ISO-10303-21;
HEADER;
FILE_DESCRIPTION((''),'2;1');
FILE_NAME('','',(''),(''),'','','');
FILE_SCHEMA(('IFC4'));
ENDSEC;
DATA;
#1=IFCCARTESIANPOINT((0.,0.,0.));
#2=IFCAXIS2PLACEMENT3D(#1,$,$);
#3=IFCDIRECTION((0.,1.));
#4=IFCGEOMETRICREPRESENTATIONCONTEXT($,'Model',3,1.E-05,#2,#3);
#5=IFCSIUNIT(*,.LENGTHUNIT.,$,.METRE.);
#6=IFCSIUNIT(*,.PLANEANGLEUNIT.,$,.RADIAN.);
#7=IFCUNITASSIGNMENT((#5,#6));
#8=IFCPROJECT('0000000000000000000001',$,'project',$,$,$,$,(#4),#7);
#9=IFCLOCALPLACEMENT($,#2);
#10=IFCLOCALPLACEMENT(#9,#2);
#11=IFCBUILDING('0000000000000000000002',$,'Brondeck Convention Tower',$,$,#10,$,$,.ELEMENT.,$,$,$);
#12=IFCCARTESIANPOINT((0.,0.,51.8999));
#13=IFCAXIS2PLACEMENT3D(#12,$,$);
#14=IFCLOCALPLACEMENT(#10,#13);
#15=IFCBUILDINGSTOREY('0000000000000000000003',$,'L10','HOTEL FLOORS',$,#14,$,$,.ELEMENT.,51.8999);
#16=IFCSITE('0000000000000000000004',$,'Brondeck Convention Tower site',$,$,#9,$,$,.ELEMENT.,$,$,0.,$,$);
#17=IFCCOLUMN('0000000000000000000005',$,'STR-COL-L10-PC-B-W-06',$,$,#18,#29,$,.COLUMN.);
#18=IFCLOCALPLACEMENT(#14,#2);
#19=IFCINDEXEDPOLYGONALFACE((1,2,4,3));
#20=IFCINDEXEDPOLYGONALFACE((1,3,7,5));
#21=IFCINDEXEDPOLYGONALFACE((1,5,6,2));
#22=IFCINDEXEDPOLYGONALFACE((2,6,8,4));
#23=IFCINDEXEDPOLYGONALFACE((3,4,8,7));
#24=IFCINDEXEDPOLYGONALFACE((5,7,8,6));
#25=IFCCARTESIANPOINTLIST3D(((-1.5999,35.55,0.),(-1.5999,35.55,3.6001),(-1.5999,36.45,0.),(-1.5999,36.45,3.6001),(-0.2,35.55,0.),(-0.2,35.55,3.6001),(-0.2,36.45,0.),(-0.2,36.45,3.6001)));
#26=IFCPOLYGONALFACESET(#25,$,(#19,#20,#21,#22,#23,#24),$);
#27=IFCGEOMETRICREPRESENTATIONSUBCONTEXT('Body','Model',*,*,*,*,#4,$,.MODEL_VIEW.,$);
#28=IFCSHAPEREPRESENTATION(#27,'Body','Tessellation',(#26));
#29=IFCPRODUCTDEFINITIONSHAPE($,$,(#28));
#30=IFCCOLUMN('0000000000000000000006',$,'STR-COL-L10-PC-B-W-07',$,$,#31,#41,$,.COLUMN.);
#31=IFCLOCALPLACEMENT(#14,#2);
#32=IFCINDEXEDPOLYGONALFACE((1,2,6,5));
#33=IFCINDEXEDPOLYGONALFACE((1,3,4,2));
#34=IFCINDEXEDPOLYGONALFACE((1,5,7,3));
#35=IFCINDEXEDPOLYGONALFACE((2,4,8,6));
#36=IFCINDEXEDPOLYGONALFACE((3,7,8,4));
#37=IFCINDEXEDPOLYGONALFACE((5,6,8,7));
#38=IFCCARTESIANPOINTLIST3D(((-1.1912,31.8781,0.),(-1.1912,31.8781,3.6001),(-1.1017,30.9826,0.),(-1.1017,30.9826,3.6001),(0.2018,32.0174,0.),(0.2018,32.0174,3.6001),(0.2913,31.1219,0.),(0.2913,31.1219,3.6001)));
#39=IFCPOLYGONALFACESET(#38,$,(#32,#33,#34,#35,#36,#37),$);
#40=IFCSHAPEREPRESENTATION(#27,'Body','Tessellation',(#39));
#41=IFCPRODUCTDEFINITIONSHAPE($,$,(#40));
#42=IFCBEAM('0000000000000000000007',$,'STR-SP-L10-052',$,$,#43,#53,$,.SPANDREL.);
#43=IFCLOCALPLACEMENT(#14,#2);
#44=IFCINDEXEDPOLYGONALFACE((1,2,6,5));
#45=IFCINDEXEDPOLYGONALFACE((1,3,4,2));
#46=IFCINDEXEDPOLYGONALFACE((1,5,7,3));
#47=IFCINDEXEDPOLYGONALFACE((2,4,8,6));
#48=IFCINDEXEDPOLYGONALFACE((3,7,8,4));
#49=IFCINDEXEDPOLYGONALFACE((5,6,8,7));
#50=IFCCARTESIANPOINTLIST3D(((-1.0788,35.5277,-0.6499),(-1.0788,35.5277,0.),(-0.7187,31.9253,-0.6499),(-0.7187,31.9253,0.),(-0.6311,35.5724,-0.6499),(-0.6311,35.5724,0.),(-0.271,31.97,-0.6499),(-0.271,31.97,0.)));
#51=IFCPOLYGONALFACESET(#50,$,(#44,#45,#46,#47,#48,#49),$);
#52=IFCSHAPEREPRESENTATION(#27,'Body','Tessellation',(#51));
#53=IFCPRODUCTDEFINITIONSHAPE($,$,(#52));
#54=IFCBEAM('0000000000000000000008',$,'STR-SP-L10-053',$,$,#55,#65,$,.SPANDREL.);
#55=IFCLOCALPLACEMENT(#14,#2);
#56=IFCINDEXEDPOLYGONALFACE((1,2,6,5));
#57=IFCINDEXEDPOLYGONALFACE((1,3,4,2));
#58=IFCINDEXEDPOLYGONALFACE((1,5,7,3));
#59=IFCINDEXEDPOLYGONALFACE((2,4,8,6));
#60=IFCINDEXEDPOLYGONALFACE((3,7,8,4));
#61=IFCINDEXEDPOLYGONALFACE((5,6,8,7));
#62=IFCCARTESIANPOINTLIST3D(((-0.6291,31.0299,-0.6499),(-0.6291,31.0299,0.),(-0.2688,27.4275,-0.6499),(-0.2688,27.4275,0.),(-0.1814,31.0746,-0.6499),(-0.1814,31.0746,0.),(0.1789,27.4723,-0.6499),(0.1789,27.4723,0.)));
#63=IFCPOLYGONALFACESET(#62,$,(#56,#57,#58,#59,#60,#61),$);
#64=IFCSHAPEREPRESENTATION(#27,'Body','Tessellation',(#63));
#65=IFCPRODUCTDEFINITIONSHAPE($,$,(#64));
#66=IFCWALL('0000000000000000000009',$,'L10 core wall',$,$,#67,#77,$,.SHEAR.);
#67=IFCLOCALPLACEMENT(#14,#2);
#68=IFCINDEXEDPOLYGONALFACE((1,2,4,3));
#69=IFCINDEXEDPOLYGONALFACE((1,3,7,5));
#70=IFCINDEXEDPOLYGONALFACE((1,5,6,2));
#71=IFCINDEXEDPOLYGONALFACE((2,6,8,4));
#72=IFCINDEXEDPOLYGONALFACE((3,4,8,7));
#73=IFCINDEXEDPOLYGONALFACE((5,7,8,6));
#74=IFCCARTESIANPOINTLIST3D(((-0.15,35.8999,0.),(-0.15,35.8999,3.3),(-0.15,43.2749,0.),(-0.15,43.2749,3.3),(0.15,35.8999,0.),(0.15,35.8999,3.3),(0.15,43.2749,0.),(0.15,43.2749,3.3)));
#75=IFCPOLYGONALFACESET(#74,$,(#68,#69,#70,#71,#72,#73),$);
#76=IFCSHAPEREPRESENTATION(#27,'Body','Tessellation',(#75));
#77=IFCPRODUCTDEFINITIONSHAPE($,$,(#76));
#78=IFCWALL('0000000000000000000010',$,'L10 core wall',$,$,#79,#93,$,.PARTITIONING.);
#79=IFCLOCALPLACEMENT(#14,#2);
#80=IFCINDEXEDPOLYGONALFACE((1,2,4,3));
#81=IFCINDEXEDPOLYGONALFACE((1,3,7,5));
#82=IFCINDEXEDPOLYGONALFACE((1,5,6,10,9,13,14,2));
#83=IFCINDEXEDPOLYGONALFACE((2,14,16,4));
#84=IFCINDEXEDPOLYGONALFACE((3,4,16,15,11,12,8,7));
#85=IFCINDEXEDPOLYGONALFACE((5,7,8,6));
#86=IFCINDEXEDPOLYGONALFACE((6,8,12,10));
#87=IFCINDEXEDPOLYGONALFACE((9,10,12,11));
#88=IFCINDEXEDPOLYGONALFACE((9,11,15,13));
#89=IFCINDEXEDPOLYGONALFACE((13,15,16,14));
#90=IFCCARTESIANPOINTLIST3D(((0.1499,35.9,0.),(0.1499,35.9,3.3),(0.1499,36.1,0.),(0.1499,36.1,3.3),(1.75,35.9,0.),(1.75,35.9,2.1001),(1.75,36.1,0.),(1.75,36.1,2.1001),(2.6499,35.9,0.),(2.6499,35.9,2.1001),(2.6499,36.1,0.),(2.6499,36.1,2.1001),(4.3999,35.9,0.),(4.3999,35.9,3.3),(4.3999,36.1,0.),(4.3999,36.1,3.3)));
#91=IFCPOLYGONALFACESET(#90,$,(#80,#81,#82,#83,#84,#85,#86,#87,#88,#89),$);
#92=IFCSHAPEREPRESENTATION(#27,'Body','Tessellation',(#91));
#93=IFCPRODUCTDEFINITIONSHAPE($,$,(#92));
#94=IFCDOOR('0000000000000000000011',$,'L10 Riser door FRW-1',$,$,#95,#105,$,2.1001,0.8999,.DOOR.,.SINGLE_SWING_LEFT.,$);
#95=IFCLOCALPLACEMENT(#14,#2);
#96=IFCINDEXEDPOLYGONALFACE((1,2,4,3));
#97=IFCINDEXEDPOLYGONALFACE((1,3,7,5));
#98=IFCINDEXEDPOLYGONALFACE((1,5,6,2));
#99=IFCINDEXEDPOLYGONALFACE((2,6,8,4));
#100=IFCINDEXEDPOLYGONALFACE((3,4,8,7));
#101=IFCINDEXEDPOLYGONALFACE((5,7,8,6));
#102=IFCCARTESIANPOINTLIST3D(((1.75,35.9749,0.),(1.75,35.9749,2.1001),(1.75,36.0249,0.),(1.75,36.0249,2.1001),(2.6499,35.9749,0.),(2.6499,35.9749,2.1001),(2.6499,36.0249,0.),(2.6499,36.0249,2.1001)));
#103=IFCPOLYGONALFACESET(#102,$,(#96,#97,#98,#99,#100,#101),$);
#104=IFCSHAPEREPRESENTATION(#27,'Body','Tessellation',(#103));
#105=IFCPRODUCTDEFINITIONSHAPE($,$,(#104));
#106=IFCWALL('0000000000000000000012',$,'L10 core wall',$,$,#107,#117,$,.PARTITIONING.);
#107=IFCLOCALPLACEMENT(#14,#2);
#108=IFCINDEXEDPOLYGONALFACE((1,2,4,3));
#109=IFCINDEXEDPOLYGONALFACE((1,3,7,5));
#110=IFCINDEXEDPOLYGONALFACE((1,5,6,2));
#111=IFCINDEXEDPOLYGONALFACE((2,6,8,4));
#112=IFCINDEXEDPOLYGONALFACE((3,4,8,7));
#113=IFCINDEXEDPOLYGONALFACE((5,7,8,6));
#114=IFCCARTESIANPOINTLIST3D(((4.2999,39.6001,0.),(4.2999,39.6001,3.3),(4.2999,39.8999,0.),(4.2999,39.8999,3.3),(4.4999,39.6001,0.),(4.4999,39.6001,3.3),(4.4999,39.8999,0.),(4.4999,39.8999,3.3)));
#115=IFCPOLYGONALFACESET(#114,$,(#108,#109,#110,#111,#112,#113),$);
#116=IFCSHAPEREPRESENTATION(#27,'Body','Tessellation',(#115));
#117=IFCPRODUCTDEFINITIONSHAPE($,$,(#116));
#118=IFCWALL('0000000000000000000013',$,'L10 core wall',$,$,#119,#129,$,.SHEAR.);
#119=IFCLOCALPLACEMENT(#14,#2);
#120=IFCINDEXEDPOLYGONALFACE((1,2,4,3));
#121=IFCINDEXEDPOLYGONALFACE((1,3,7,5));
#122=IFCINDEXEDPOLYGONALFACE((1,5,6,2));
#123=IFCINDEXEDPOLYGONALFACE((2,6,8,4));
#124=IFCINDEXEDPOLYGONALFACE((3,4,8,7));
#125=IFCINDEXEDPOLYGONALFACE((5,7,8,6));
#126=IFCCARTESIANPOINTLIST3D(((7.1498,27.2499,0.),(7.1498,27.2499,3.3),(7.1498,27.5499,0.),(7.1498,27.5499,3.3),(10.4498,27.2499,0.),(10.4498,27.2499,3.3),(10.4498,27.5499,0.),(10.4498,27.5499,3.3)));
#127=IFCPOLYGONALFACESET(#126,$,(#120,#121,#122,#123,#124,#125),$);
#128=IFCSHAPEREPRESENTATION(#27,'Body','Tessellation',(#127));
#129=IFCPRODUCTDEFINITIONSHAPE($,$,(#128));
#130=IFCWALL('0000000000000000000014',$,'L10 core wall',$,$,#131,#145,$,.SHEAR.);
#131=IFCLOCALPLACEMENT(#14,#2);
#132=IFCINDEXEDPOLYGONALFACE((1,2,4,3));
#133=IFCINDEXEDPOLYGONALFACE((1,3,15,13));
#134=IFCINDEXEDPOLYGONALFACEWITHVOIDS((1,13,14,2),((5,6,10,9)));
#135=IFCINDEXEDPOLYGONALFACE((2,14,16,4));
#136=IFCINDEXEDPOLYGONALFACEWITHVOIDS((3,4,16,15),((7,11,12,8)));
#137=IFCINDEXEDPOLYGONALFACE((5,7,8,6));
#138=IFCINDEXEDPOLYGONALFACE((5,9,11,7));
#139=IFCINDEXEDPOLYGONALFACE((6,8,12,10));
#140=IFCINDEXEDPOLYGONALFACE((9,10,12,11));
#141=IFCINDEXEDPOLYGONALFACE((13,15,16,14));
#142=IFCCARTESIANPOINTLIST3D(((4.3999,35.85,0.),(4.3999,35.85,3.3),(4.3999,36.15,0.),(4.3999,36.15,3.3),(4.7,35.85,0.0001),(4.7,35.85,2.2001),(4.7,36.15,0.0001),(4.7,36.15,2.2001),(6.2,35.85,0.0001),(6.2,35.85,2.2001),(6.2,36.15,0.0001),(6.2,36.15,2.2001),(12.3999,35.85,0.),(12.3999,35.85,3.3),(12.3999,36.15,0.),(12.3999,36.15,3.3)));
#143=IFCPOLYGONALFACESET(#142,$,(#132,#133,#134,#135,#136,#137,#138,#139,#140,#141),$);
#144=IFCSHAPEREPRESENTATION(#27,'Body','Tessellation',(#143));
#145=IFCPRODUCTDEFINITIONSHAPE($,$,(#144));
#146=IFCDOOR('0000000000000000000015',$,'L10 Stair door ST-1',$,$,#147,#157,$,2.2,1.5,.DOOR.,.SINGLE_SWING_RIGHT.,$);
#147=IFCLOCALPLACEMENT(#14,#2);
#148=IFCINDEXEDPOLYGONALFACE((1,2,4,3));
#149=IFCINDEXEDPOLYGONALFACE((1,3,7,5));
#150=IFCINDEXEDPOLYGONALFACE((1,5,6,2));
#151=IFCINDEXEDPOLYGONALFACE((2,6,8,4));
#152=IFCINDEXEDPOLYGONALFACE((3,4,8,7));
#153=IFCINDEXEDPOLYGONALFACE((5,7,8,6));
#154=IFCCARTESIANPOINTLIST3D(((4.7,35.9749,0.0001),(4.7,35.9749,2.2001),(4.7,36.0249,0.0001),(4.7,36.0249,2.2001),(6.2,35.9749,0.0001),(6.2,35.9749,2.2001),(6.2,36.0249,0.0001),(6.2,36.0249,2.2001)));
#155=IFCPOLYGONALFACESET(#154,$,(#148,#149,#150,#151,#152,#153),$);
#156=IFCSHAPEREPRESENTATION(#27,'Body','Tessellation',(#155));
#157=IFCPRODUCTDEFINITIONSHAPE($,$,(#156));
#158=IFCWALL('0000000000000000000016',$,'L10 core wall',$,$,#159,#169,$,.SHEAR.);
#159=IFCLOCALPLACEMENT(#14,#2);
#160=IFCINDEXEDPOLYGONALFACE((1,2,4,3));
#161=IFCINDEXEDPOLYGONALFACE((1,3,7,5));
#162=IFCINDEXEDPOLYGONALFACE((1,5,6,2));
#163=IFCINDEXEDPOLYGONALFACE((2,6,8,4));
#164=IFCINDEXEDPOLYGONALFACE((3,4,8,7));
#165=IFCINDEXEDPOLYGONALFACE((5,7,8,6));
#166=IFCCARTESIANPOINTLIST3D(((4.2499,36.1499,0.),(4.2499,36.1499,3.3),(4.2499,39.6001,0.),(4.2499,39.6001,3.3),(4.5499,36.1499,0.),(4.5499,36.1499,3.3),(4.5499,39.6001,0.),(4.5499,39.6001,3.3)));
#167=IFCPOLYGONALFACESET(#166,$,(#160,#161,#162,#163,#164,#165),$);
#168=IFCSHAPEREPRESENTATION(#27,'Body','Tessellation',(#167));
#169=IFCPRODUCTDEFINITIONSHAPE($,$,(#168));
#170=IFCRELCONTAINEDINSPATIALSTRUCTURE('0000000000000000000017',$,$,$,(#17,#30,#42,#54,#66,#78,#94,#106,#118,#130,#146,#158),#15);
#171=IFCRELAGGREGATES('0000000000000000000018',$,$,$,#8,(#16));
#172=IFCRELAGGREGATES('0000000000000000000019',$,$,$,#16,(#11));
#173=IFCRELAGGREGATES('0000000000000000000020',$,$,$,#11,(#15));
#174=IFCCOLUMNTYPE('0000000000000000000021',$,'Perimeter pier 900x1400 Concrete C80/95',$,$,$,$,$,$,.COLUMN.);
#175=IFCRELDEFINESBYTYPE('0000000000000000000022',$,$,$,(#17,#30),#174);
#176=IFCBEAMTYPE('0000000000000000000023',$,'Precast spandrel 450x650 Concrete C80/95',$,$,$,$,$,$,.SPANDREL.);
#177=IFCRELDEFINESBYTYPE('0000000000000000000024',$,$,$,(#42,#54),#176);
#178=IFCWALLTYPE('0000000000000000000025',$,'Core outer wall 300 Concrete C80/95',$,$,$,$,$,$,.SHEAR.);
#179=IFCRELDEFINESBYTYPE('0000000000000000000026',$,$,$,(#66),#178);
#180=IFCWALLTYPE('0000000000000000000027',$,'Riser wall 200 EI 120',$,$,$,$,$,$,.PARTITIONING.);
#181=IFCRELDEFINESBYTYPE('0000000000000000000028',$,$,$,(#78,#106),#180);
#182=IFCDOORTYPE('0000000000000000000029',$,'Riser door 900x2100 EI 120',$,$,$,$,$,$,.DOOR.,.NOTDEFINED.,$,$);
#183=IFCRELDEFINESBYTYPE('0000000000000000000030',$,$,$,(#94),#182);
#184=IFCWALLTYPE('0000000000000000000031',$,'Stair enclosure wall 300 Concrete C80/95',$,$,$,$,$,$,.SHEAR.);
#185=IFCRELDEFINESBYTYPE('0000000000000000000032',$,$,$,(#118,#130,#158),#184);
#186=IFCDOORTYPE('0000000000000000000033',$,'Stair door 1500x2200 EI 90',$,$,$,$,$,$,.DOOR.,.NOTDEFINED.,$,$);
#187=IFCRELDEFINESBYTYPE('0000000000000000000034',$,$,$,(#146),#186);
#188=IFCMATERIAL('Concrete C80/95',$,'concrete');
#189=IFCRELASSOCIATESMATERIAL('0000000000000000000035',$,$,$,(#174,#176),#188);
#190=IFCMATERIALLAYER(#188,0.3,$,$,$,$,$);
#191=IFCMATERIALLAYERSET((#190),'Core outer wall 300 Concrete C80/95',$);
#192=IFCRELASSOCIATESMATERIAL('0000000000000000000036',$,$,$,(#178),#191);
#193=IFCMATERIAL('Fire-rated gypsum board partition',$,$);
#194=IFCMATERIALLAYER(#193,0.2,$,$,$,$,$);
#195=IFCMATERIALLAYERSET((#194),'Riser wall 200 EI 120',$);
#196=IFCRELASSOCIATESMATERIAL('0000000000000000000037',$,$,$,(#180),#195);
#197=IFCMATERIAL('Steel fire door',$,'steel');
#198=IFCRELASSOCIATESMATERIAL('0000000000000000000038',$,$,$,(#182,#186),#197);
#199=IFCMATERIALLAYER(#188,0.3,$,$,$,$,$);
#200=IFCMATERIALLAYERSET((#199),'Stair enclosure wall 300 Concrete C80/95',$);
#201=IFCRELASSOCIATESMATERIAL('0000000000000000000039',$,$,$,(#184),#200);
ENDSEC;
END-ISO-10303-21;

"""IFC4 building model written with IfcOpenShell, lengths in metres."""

from ifc_helpers import new_model, si_unit, direction, frame, frame_2d, origin, origin_2d, place, context, subcontext, project, spatial, rectangle, extrude, material, layer, layer_set, material_profile, profile_set, type_object, element, fill, save


model = new_model("IFC4")

# Units and contexts
model_context = context("Model", 3, precision=1e-05, world=origin(), true_north=direction((0.0, 1.0)))
body_context = subcontext(model_context, "Body", "Model", "MODEL_VIEW")
ifc_project = project(units=[si_unit("LENGTHUNIT", "METRE"), si_unit("PLANEANGLEUNIT", "RADIAN")], contexts=[model_context])

# Site, building, storey
site_placement = place(None, origin())
site = spatial("IfcSite", under=ifc_project, at=site_placement, Name="Brondeck Convention Tower site", CompositionType="ELEMENT", RefElevation=0.0)
building_placement = place(site_placement, origin())
building = spatial("IfcBuilding", under=site, at=building_placement, Name="Brondeck Convention Tower", CompositionType="ELEMENT")
storey_placement = place(building_placement, frame((0.0, 0.0, 51.8999)))
storey = spatial("IfcBuildingStorey", under=building, at=storey_placement, Name="L10", Description="HOTEL FLOORS", CompositionType="ELEMENT", Elevation=51.8999)

# Columns
ifc_material_1 = material(Name="Concrete C80/95", Category="concrete")
ifc_material_profile_1 = material_profile(ifc_material_1, rectangle(XDim=0.8999, YDim=1.3999, at=origin_2d()), Name="Perimeter pier 900x1400 Concrete C80/95")
ifc_profile_set_1 = profile_set([ifc_material_profile_1], Name="Concrete C80/95")
column_type = type_object("IfcColumnType", Name="Perimeter pier 900x1400 Concrete C80/95", PredefinedType="COLUMN", material=ifc_profile_set_1)
for number, where, z_axis, x_axis, name in (
    (1, (-0.8999, 36.0, 0.0), (0.0, 0.0, 1.0), (0.0, -1.0, 0.0), "STR-COL-L10-PC-B-W-06"),
    (2, (-0.45, 31.5, 0.0), (0.0, 0.0, 1.0), (0.099504, -0.995037, 0.0), "STR-COL-L10-PC-B-W-07"),
):
    element("IfcColumn", number, at=place(storey_placement, frame(where, z_axis=z_axis, x_axis=x_axis)), inside=storey, type_object=column_type, Name=name, PredefinedType="COLUMN", context=body_context, shape_type="SweptSolid", body=[
        extrude(rectangle(XDim=0.8999, YDim=1.3999, at=origin_2d()), origin(), (0.0, 0.0, 1.0), 3.6001),
    ])

# Beams
ifc_material_profile_2 = material_profile(ifc_material_1, rectangle(XDim=0.45, YDim=0.6499, at=origin_2d()), Name="Precast spandrel 450x650 Concrete C80/95")
ifc_profile_set_2 = profile_set([ifc_material_profile_2], Name="Concrete C80/95")
beam_type = type_object("IfcBeamType", Name="Precast spandrel 450x650 Concrete C80/95", PredefinedType="SPANDREL", material=ifc_profile_set_2)
for number, where, z_axis, x_axis, name in (
    (3, (-0.855, 35.55, -0.325), (0.09947, -0.995041, 0.0), (0.995041, 0.09947, 0.0), "STR-SP-L10-052"),
    (4, (-0.4053, 31.0522, -0.325), (0.099537, -0.995034, 0.0), (0.995034, 0.099537, 0.0), "STR-SP-L10-053"),
):
    element("IfcBeam", number, at=place(storey_placement, frame(where, z_axis=z_axis, x_axis=x_axis)), inside=storey, type_object=beam_type, Name=name, PredefinedType="SPANDREL", context=body_context, shape_type="SweptSolid", body=[
        extrude(rectangle(XDim=0.45, YDim=0.6499, at=origin_2d()), origin(), (0.0, 0.0, 1.0), 3.6204),
    ])

# Wall
ifc_layer_1 = layer(ifc_material_1, 0.3)
ifc_layer_set_1 = layer_set([ifc_layer_1], Name="Core outer wall 300 Concrete C80/95")
wall_type_1 = type_object("IfcWallType", Name="Core outer wall 300 Concrete C80/95", PredefinedType="SHEAR", material=ifc_layer_set_1)
wall_1_placement = place(storey_placement, frame((0.0, 35.8999, 0.0), z_axis=(0.0, 0.0, 1.0), x_axis=(0.0, 1.0, 0.0)))
element("IfcWall", 5, at=wall_1_placement, inside=storey, type_object=wall_type_1, Name="L10 core wall", PredefinedType="SHEAR", context=body_context, shape_type="SweptSolid", body=[
    extrude(rectangle(XDim=7.375, YDim=0.3, at=frame_2d((3.6875, 0.0))), origin(), (0.0, 0.0, 1.0), 3.3),
])

# Wall, opening, door
ifc_material_2 = material(Name="Fire-rated gypsum board partition")
ifc_layer_2 = layer(ifc_material_2, 0.2)
ifc_layer_set_2 = layer_set([ifc_layer_2], Name="Riser wall 200 EI 120")
wall_type_2 = type_object("IfcWallType", Name="Riser wall 200 EI 120", PredefinedType="PARTITIONING", material=ifc_layer_set_2)
wall_2_placement = place(storey_placement, frame((0.1499, 36.0, 0.0), z_axis=(0.0, 0.0, 1.0), x_axis=(1.0, 0.0, 0.0)))
wall_2 = element("IfcWall", 6, at=wall_2_placement, inside=storey, type_object=wall_type_2, Name="L10 core wall", PredefinedType="PARTITIONING", context=body_context, shape_type="SweptSolid", body=[
    extrude(rectangle(XDim=4.25, YDim=0.2, at=frame_2d((2.125, 0.0))), origin(), (0.0, 0.0, 1.0), 3.3),
])
opening_1_placement = place(wall_2_placement, frame((1.6001, 0.0, 0.0)))
opening_1 = element("IfcOpeningElement", 7, at=opening_1_placement, cuts=wall_2, PredefinedType="OPENING", context=body_context, shape_type="SweptSolid", body=[
    extrude(rectangle(XDim=0.8999, YDim=2.1001, at=frame_2d((0.45, 1.05))), frame((0.0, 0.1099, 0.0), z_axis=(0.0, -1.0, 0.0), x_axis=(1.0, 0.0, 0.0)), (0.0, 0.0, 1.0), 0.22),
])
ifc_material_3 = material(Name="Steel fire door", Category="steel")
door_type_1 = type_object("IfcDoorType", Name="Riser door 900x2100 EI 120", OperationType="NOTDEFINED", PredefinedType="DOOR", material=ifc_material_3)
door_1_placement = place(opening_1_placement, origin())
door_1 = element("IfcDoor", 8, at=door_1_placement, inside=storey, type_object=door_type_1, Name="L10 Riser door FRW-1", OperationType="SINGLE_SWING_LEFT", OverallHeight=2.1001, OverallWidth=0.8999, PredefinedType="DOOR", context=body_context, shape_type="SweptSolid", body=[
    extrude(rectangle(XDim=0.8999, YDim=2.1001, at=frame_2d((0.45, 1.05))), frame((0.0, 0.0249, 0.0), z_axis=(0.0, -1.0, 0.0), x_axis=(1.0, 0.0, 0.0)), (0.0, 0.0, 1.0), 0.05),
])
fill(opening_1, door_1)

# Walls
wall_3_placement = place(storey_placement, frame((4.3999, 39.6001, 0.0), z_axis=(0.0, 0.0, 1.0), x_axis=(0.0, 1.0, 0.0)))
element("IfcWall", 9, at=wall_3_placement, inside=storey, type_object=wall_type_2, Name="L10 core wall", PredefinedType="PARTITIONING", context=body_context, shape_type="SweptSolid", body=[
    extrude(rectangle(XDim=0.2998, YDim=0.2, at=frame_2d((0.1499, 0.0))), origin(), (0.0, 0.0, 1.0), 3.3),
])
ifc_layer_3 = layer(ifc_material_1, 0.3)
ifc_layer_set_3 = layer_set([ifc_layer_3], Name="Stair enclosure wall 300 Concrete C80/95")
wall_type_3 = type_object("IfcWallType", Name="Stair enclosure wall 300 Concrete C80/95", PredefinedType="SHEAR", material=ifc_layer_set_3)
wall_4_placement = place(storey_placement, frame((7.1499, 27.3999, 0.0), z_axis=(0.0, 0.0, 1.0), x_axis=(1.0, 0.0, 0.0)))
element("IfcWall", 10, at=wall_4_placement, inside=storey, type_object=wall_type_3, Name="L10 core wall", PredefinedType="SHEAR", context=body_context, shape_type="SweptSolid", body=[
    extrude(rectangle(XDim=3.3, YDim=0.3, at=frame_2d((1.6499, 0.0))), origin(), (0.0, 0.0, 1.0), 3.3),
])

# Wall, opening, door
wall_5_placement = place(storey_placement, frame((4.3999, 36.0, 0.0), z_axis=(0.0, 0.0, 1.0), x_axis=(1.0, 0.0, 0.0)))
wall_5 = element("IfcWall", 11, at=wall_5_placement, inside=storey, type_object=wall_type_3, Name="L10 core wall", PredefinedType="SHEAR", context=body_context, shape_type="SweptSolid", body=[
    extrude(rectangle(XDim=8.0, YDim=0.3, at=frame_2d((4.0, 0.0))), origin(), (0.0, 0.0, 1.0), 3.3),
])
opening_2_placement = place(wall_5_placement, frame((0.3, 0.0, 0.0)))
opening_2 = element("IfcOpeningElement", 12, at=opening_2_placement, cuts=wall_5, PredefinedType="OPENING", context=body_context, shape_type="SweptSolid", body=[
    extrude(rectangle(XDim=1.5, YDim=2.2, at=frame_2d((0.75, 1.1001))), frame((0.0, 0.1599, 0.0), z_axis=(0.0, -1.0, 0.0), x_axis=(1.0, 0.0, 0.0)), (0.0, 0.0, 1.0), 0.3201),
])
door_type_2 = type_object("IfcDoorType", Name="Stair door 1500x2200 EI 90", OperationType="NOTDEFINED", PredefinedType="DOOR", material=ifc_material_3)
door_2_placement = place(opening_2_placement, origin())
door_2 = element("IfcDoor", 13, at=door_2_placement, inside=storey, type_object=door_type_2, Name="L10 Stair door ST-1", OperationType="SINGLE_SWING_RIGHT", OverallHeight=2.2, OverallWidth=1.5, PredefinedType="DOOR", context=body_context, shape_type="SweptSolid", body=[
    extrude(rectangle(XDim=1.5, YDim=2.2, at=frame_2d((0.75, 1.1001))), frame((0.0, 0.0249, 0.0), z_axis=(0.0, -1.0, 0.0), x_axis=(1.0, 0.0, 0.0)), (0.0, 0.0, 1.0), 0.05),
])
fill(opening_2, door_2)

# Wall
wall_6_placement = place(storey_placement, frame((4.3999, 36.1499, 0.0), z_axis=(0.0, 0.0, 1.0), x_axis=(0.0, 1.0, 0.0)))
element("IfcWall", 14, at=wall_6_placement, inside=storey, type_object=wall_type_3, Name="L10 core wall", PredefinedType="SHEAR", context=body_context, shape_type="SweptSolid", body=[
    extrude(rectangle(XDim=3.4502, YDim=0.3, at=frame_2d((1.7251, 0.0))), origin(), (0.0, 0.0, 1.0), 3.3),
])

save(model, "model.ifc")
